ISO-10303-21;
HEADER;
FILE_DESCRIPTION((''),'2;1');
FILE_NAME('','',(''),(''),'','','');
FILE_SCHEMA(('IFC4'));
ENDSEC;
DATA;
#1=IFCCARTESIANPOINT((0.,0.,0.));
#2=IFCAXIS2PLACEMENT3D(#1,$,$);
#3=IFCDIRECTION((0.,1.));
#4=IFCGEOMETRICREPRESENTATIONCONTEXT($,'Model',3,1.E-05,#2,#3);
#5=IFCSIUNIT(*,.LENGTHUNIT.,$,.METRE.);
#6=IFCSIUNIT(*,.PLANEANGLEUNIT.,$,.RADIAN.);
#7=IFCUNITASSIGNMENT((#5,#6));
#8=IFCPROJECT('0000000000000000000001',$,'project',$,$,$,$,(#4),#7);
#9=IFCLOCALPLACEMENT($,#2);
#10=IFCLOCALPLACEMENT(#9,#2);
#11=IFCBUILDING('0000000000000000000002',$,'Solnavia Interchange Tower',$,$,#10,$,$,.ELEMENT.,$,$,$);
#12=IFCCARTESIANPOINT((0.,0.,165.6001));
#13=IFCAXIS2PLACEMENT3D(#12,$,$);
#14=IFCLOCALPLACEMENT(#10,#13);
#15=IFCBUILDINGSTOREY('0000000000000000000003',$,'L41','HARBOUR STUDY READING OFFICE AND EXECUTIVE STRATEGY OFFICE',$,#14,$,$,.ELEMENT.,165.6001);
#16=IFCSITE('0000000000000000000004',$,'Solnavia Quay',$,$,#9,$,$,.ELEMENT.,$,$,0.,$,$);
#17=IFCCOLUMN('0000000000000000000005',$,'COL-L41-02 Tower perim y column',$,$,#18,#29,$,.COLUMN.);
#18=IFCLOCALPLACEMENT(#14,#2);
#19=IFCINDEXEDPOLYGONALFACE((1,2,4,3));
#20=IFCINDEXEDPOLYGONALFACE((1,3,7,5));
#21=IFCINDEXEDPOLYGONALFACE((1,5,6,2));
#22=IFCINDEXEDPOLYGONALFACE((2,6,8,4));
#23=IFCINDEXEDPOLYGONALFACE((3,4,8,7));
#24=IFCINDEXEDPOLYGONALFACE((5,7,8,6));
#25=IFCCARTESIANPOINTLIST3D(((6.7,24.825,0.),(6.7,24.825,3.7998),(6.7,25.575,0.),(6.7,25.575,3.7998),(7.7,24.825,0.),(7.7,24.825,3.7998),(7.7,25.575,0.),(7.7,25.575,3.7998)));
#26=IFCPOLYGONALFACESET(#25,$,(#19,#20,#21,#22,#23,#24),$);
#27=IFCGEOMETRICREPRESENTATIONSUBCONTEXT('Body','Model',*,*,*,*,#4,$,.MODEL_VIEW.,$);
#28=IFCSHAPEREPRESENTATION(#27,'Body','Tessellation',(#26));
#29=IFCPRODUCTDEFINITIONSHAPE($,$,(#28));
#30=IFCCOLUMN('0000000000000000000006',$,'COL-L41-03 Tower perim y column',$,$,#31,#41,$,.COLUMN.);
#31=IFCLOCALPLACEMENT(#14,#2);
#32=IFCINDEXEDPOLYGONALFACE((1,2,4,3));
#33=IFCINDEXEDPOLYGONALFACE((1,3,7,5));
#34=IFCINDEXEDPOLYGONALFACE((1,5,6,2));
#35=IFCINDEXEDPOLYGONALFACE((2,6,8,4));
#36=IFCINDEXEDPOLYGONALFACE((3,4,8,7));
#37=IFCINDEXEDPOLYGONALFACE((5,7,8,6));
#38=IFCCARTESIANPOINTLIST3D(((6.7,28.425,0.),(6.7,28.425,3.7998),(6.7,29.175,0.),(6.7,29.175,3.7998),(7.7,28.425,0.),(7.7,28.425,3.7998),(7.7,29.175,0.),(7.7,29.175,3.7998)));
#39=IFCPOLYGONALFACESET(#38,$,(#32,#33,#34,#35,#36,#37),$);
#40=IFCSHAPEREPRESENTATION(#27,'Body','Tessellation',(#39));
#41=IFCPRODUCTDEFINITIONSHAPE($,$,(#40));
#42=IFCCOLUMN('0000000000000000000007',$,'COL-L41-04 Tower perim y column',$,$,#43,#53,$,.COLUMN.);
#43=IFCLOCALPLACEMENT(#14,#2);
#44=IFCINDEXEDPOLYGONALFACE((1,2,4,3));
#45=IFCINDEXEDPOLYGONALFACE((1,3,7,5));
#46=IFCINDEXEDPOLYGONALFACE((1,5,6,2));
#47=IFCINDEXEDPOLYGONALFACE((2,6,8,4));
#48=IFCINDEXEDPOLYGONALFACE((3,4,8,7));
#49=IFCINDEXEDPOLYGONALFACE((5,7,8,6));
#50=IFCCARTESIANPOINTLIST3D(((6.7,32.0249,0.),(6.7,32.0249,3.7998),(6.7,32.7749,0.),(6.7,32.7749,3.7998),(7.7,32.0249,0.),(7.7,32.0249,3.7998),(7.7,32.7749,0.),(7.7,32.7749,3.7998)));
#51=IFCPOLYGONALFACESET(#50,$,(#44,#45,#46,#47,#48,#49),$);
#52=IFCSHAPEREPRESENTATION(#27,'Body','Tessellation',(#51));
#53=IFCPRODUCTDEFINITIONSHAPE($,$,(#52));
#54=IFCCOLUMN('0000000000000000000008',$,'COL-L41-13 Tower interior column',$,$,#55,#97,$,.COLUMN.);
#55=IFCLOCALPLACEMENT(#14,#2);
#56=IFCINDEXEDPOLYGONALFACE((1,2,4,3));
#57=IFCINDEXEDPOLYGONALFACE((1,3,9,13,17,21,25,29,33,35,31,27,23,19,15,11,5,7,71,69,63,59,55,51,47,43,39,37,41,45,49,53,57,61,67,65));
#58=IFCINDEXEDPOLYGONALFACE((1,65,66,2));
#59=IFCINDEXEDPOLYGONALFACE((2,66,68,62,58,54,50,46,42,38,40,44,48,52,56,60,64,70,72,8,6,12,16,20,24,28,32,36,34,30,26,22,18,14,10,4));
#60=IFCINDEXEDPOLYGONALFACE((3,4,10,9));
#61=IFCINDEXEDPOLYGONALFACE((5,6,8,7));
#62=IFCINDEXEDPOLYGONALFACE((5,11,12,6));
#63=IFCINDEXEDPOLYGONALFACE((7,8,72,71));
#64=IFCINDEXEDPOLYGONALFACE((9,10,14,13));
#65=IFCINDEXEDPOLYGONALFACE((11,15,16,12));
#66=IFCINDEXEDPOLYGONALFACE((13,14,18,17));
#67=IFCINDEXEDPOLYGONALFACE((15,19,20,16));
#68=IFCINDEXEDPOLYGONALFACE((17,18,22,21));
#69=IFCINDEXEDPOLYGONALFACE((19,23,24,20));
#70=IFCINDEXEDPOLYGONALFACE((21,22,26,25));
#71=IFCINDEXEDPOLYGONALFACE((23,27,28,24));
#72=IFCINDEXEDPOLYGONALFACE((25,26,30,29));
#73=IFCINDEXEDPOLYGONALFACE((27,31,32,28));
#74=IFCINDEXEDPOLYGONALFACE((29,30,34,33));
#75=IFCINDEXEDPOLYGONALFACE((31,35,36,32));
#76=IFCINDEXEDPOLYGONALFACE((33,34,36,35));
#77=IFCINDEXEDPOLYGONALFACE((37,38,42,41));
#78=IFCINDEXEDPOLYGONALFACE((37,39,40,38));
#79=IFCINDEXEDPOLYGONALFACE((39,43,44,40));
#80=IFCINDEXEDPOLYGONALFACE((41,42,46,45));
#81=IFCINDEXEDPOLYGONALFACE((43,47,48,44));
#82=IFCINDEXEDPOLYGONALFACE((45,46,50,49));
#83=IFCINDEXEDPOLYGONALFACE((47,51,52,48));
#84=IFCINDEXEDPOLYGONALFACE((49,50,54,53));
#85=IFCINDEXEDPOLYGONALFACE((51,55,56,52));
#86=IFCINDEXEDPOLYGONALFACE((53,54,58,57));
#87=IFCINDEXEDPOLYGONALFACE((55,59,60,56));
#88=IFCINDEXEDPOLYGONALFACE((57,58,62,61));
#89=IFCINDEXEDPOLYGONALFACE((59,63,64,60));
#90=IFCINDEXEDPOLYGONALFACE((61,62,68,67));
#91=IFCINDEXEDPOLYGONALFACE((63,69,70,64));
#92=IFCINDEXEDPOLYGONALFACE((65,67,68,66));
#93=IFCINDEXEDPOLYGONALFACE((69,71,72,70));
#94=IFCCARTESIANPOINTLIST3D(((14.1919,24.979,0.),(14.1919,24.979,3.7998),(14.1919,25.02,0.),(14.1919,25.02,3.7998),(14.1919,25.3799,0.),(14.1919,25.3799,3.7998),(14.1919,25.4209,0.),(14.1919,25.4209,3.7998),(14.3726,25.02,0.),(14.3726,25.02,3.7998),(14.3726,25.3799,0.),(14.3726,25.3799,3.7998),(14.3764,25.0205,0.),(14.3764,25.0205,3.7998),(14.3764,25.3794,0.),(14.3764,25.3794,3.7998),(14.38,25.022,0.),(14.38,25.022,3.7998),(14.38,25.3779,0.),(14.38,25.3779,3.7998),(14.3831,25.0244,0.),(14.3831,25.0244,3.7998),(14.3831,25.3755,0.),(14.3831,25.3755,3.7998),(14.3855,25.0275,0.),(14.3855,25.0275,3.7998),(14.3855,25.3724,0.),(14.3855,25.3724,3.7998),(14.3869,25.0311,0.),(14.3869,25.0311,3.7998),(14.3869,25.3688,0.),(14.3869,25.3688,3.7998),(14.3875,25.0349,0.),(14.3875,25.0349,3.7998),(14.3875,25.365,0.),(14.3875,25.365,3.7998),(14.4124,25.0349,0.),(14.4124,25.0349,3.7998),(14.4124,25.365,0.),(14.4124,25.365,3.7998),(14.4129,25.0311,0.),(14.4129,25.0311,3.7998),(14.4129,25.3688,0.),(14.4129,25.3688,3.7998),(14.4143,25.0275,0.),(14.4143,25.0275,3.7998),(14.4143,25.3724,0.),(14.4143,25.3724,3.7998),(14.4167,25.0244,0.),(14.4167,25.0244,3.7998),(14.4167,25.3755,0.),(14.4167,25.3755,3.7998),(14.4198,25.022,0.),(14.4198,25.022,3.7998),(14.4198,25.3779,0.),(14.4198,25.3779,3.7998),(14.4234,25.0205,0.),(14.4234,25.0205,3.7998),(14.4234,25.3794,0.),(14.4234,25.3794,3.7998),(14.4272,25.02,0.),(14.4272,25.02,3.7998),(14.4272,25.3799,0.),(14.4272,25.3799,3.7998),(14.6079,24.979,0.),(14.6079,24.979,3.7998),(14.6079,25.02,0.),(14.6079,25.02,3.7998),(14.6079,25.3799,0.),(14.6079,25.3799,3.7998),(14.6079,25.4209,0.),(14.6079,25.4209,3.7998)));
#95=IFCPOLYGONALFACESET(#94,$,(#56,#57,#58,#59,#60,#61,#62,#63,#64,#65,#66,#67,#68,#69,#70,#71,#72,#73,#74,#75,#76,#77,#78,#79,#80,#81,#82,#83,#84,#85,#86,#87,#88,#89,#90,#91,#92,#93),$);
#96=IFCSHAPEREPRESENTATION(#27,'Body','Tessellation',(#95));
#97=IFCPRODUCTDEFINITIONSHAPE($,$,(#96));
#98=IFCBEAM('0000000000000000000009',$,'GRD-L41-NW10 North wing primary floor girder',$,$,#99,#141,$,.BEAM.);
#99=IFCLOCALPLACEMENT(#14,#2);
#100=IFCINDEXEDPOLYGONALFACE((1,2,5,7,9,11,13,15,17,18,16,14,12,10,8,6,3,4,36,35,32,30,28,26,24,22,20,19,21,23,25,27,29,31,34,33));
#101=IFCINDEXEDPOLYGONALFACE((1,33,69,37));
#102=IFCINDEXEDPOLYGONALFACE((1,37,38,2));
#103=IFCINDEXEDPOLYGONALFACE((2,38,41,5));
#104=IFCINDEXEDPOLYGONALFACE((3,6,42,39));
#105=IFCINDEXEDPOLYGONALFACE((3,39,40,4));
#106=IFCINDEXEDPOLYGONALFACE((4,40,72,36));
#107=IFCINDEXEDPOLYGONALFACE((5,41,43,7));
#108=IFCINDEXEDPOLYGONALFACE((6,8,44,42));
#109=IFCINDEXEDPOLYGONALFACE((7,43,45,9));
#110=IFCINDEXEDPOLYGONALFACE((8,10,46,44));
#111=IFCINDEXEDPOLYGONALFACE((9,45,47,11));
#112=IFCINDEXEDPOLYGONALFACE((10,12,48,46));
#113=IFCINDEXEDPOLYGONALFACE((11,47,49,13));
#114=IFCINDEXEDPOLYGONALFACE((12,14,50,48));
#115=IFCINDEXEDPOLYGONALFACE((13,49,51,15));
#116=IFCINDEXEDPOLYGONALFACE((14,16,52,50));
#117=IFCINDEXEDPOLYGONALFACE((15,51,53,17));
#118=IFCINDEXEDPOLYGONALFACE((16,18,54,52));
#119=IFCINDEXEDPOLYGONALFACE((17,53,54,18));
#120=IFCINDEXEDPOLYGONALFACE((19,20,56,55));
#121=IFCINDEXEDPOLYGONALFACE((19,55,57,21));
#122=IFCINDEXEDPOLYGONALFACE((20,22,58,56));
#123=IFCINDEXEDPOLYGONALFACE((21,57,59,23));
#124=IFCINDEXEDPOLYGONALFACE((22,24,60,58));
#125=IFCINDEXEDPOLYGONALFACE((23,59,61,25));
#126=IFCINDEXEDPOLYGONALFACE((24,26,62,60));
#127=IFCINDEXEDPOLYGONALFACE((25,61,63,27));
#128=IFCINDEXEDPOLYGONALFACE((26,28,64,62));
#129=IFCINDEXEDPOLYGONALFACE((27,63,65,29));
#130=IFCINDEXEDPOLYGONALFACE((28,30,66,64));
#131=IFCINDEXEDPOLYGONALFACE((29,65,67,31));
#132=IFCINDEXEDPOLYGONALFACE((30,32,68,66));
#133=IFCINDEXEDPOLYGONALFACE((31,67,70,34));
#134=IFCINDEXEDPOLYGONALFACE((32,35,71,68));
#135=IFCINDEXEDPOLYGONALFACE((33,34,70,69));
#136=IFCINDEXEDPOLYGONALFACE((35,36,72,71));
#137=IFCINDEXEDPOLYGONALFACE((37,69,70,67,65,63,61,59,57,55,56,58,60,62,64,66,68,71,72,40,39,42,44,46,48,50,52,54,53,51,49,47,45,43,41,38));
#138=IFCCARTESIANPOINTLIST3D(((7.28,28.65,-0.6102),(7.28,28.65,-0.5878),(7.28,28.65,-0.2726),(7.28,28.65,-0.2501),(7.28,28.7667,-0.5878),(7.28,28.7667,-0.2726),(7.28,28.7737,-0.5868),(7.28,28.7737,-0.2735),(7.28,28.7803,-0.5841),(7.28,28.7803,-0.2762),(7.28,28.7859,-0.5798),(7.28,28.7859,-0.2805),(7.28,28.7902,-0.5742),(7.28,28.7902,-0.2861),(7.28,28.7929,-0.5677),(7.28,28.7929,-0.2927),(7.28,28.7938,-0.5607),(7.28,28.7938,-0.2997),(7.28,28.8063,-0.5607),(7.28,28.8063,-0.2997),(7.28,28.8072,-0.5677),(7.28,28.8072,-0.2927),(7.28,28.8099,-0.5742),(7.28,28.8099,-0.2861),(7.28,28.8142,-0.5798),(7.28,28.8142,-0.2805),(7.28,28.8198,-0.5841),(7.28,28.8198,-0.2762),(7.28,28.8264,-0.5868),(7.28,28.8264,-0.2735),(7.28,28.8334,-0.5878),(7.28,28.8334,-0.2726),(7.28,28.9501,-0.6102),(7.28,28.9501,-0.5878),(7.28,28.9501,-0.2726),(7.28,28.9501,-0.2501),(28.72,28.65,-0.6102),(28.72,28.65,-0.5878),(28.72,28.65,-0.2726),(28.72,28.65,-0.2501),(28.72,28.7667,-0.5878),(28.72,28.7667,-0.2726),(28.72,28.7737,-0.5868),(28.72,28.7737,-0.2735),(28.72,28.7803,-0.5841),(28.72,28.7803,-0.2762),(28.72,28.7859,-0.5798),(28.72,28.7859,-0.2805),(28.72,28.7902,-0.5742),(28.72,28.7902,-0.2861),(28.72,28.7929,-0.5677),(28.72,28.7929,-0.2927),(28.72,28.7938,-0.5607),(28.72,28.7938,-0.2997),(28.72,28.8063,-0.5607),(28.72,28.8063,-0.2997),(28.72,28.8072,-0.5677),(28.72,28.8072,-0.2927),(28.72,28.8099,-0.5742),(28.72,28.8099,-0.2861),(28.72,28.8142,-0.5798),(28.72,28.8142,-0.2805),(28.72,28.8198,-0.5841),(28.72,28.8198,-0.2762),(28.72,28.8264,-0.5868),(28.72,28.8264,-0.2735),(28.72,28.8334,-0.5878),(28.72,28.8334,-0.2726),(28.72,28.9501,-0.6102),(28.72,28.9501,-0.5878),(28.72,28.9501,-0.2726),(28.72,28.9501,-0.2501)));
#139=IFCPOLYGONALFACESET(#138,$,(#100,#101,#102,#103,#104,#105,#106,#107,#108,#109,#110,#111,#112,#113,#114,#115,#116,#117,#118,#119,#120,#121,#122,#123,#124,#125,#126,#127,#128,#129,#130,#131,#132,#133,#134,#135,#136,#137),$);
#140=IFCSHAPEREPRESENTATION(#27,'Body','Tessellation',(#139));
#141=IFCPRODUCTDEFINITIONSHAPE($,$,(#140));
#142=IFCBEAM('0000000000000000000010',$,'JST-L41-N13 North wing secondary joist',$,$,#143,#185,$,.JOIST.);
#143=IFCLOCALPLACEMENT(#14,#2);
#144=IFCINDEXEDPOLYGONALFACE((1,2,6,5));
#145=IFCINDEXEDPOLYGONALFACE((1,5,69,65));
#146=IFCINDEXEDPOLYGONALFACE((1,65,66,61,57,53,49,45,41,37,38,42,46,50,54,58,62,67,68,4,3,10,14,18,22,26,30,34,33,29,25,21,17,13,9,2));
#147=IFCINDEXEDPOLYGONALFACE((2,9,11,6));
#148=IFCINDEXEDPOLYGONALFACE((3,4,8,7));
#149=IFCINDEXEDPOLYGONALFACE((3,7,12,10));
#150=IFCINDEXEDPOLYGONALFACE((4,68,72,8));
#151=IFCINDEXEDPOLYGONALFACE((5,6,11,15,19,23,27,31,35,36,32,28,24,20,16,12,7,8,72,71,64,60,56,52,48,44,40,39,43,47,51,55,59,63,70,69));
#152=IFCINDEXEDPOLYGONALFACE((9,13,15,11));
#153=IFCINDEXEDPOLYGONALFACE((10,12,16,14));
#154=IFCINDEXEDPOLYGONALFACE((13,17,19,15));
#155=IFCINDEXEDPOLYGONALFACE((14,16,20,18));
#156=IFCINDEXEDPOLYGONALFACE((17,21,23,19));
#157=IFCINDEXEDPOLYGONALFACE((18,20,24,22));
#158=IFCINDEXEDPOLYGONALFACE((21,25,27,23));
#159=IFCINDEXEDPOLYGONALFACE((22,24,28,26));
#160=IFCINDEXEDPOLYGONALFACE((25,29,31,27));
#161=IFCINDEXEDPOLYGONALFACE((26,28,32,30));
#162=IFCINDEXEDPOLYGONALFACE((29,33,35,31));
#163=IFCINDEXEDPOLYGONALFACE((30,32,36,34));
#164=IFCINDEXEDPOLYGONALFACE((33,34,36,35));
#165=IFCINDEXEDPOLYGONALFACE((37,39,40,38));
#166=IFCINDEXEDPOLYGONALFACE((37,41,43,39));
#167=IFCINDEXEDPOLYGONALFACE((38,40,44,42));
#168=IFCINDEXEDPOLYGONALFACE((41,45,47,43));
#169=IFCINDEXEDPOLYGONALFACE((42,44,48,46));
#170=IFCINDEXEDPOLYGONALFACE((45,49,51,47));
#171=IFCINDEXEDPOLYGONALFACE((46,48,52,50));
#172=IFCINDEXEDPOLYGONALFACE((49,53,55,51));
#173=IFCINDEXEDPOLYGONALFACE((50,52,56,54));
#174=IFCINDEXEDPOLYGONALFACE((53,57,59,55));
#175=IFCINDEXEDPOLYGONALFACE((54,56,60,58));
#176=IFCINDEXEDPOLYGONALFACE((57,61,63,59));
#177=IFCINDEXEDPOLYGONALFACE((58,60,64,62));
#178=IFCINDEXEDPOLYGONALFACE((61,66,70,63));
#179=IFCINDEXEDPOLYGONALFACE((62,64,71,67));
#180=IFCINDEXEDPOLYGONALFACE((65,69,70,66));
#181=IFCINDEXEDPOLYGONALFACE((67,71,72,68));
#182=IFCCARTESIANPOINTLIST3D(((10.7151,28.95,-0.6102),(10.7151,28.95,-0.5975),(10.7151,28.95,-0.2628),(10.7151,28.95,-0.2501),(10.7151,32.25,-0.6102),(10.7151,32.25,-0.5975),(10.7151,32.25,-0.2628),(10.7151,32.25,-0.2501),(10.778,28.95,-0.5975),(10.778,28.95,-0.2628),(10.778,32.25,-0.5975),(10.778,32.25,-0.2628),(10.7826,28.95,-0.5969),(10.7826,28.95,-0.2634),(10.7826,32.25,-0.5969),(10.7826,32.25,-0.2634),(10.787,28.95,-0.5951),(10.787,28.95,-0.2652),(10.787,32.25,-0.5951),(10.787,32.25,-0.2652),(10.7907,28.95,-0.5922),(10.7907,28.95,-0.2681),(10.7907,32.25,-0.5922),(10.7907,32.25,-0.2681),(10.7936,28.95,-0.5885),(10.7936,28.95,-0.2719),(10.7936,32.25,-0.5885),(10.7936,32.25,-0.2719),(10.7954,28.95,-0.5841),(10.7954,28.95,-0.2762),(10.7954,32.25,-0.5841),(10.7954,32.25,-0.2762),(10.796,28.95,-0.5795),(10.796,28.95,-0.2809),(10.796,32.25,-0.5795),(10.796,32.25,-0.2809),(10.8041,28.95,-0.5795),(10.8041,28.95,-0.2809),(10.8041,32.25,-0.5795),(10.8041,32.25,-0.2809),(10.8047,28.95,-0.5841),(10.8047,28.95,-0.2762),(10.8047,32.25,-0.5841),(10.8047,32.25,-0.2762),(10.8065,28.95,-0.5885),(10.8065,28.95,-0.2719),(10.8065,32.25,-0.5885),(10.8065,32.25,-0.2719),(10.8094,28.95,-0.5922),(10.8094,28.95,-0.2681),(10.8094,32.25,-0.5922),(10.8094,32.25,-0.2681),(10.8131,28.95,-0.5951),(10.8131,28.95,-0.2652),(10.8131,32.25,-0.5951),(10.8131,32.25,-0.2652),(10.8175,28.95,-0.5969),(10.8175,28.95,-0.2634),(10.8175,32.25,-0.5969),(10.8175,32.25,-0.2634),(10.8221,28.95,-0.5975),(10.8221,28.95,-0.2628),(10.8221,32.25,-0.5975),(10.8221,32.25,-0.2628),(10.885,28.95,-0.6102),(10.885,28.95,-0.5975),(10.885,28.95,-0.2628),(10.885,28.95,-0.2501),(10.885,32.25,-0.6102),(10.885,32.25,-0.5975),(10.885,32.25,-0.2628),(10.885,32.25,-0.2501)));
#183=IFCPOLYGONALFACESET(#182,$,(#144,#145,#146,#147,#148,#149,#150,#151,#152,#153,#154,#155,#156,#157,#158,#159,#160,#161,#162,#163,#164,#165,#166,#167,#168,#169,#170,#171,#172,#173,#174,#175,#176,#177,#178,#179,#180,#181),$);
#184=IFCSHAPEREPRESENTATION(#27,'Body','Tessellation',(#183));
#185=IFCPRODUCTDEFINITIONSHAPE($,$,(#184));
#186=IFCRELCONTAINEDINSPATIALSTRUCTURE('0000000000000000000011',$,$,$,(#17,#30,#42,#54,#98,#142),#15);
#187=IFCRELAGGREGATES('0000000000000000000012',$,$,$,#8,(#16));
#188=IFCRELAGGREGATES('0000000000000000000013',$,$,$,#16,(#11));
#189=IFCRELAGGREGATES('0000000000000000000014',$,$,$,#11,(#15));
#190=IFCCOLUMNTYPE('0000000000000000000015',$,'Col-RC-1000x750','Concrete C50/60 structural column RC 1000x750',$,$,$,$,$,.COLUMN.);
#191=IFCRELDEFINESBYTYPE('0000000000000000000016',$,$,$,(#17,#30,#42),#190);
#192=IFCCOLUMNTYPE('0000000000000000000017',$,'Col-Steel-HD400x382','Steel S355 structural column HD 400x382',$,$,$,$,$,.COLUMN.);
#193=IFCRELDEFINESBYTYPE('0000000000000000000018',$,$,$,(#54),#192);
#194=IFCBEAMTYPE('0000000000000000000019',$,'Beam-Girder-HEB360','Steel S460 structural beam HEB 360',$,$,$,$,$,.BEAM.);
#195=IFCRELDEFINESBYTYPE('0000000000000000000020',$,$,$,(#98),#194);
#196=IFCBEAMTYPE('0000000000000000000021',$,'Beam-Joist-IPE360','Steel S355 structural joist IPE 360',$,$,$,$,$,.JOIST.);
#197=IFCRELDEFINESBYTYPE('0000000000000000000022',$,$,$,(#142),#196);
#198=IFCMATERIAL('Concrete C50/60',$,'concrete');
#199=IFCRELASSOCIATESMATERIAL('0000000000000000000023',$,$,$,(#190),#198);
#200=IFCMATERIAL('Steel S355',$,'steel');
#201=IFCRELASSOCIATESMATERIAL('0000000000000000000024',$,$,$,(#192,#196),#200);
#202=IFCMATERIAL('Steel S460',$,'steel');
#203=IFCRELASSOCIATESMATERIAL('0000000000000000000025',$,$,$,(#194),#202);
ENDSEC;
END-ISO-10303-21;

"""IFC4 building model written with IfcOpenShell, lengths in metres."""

from ifc_helpers import new_model, si_unit, direction, frame, origin, origin_2d, place, context, subcontext, project, spatial, rectangle, i_section, extrude, material, material_profile, profile_set, type_object, element, save


model = new_model("IFC4")

# Units and contexts
model_context = context("Model", 3, precision=1e-05, world=origin(), true_north=direction((0.0, 1.0)))
body_context = subcontext(model_context, "Body", "Model", "MODEL_VIEW")
ifc_project = project(units=[si_unit("LENGTHUNIT", "METRE"), si_unit("PLANEANGLEUNIT", "RADIAN")], contexts=[model_context])

# Site, building, storey
site_placement = place(None, origin())
site = spatial("IfcSite", under=ifc_project, at=site_placement, Name="Solnavia Quay", CompositionType="ELEMENT", RefElevation=0.0)
building_placement = place(site_placement, origin())
building = spatial("IfcBuilding", under=site, at=building_placement, Name="Solnavia Interchange Tower", CompositionType="ELEMENT")
storey_placement = place(building_placement, frame((0.0, 0.0, 165.6001)))
storey = spatial("IfcBuildingStorey", under=building, at=storey_placement, Name="L41", Description="HARBOUR STUDY READING OFFICE AND EXECUTIVE STRATEGY OFFICE", CompositionType="ELEMENT", Elevation=165.6001)

# Columns
ifc_material_1 = material(Name="Concrete C50/60", Category="concrete")
ifc_material_profile_1 = material_profile(ifc_material_1, rectangle(XDim=0.75, YDim=1.0, at=origin_2d()), Name="RC 1000x750")
ifc_profile_set_1 = profile_set([ifc_material_profile_1], Name="Concrete C50/60")
column_type_1 = type_object("IfcColumnType", Name="Col-RC-1000x750", Description="Concrete C50/60 structural column RC 1000x750", PredefinedType="COLUMN", material=ifc_profile_set_1)
for number, where, z_axis, x_axis, name in (
    (1, (7.2, 25.2, 0.0), (0.0, 0.0, 1.0), (0.0, 1.0, 0.0), "COL-L41-02 Tower perim y column"),
    (2, (7.2, 28.8, 0.0), (0.0, 0.0, 1.0), (0.0, 1.0, 0.0), "COL-L41-03 Tower perim y column"),
    (3, (7.2, 32.3999, 0.0), (0.0, 0.0, 1.0), (0.0, 1.0, 0.0), "COL-L41-04 Tower perim y column"),
):
    element("IfcColumn", number, at=place(storey_placement, frame(where, z_axis=z_axis, x_axis=x_axis)), inside=storey, type_object=column_type_1, Name=name, PredefinedType="COLUMN", context=body_context, shape_type="SweptSolid", body=[
        extrude(rectangle(XDim=0.75, YDim=1.0, at=origin_2d()), origin(), (0.0, 0.0, 1.0), 3.7998),
    ])
ifc_material_2 = material(Name="Steel S355", Category="steel")
ifc_material_profile_2 = material_profile(ifc_material_2, i_section(OverallWidth=0.416, OverallDepth=0.4419, WebThickness=0.0249, FlangeThickness=0.041, FilletRadius=0.0149, at=origin_2d()), Name="HD 400x382")
ifc_profile_set_2 = profile_set([ifc_material_profile_2], Name="Steel S355")
column_type_2 = type_object("IfcColumnType", Name="Col-Steel-HD400x382", Description="Steel S355 structural column HD 400x382", PredefinedType="COLUMN", material=ifc_profile_set_2)
column_placement = place(storey_placement, frame((14.3999, 25.2, 0.0), z_axis=(0.0, 0.0, 1.0), x_axis=(1.0, 0.0, 0.0)))
element("IfcColumn", 4, at=column_placement, inside=storey, type_object=column_type_2, Name="COL-L41-13 Tower interior column", PredefinedType="COLUMN", context=body_context, shape_type="SweptSolid", body=[
    extrude(i_section(OverallWidth=0.416, OverallDepth=0.4419, WebThickness=0.0249, FlangeThickness=0.041, FilletRadius=0.0149, at=origin_2d()), origin(), (0.0, 0.0, 1.0), 3.7998),
])

# Beams
ifc_material_3 = material(Name="Steel S460", Category="steel")
ifc_material_profile_3 = material_profile(ifc_material_3, i_section(OverallWidth=0.3, OverallDepth=0.3601, WebThickness=0.0125, FlangeThickness=0.0225, FilletRadius=0.0271, at=origin_2d()), Name="HEB 360")
ifc_profile_set_3 = profile_set([ifc_material_profile_3], Name="Steel S460")
beam_type_1 = type_object("IfcBeamType", Name="Beam-Girder-HEB360", Description="Steel S460 structural beam HEB 360", PredefinedType="BEAM", material=ifc_profile_set_3)
beam_1_placement = place(storey_placement, frame((7.28, 28.8, -0.4302), z_axis=(1.0, 0.0, 0.0), x_axis=(0.0, 1.0, 0.0)))
element("IfcBeam", 5, at=beam_1_placement, inside=storey, type_object=beam_type_1, Name="GRD-L41-NW10 North wing primary floor girder", PredefinedType="BEAM", context=body_context, shape_type="SweptSolid", body=[
    extrude(i_section(OverallWidth=0.3, OverallDepth=0.3601, WebThickness=0.0125, FlangeThickness=0.0225, FilletRadius=0.0271, at=origin_2d()), origin(), (0.0, 0.0, 1.0), 21.4399),
])
ifc_material_profile_4 = material_profile(ifc_material_2, i_section(OverallWidth=0.1699, OverallDepth=0.3601, WebThickness=0.0081, FlangeThickness=0.0127, FilletRadius=0.0181, at=origin_2d()), Name="IPE 360")
ifc_profile_set_4 = profile_set([ifc_material_profile_4], Name="Steel S355")
beam_type_2 = type_object("IfcBeamType", Name="Beam-Joist-IPE360", Description="Steel S355 structural joist IPE 360", PredefinedType="JOIST", material=ifc_profile_set_4)
beam_2_placement = place(storey_placement, frame((10.8, 28.95, -0.4302), z_axis=(0.0, 1.0, 0.0), x_axis=(-1.0, 0.0, 0.0)))
element("IfcBeam", 6, at=beam_2_placement, inside=storey, type_object=beam_type_2, Name="JST-L41-N13 North wing secondary joist", PredefinedType="JOIST", context=body_context, shape_type="SweptSolid", body=[
    extrude(i_section(OverallWidth=0.1699, OverallDepth=0.3601, WebThickness=0.0081, FlangeThickness=0.0127, FilletRadius=0.0181, at=origin_2d()), origin(), (0.0, 0.0, 1.0), 3.3),
])

save(model, "model.ifc")
